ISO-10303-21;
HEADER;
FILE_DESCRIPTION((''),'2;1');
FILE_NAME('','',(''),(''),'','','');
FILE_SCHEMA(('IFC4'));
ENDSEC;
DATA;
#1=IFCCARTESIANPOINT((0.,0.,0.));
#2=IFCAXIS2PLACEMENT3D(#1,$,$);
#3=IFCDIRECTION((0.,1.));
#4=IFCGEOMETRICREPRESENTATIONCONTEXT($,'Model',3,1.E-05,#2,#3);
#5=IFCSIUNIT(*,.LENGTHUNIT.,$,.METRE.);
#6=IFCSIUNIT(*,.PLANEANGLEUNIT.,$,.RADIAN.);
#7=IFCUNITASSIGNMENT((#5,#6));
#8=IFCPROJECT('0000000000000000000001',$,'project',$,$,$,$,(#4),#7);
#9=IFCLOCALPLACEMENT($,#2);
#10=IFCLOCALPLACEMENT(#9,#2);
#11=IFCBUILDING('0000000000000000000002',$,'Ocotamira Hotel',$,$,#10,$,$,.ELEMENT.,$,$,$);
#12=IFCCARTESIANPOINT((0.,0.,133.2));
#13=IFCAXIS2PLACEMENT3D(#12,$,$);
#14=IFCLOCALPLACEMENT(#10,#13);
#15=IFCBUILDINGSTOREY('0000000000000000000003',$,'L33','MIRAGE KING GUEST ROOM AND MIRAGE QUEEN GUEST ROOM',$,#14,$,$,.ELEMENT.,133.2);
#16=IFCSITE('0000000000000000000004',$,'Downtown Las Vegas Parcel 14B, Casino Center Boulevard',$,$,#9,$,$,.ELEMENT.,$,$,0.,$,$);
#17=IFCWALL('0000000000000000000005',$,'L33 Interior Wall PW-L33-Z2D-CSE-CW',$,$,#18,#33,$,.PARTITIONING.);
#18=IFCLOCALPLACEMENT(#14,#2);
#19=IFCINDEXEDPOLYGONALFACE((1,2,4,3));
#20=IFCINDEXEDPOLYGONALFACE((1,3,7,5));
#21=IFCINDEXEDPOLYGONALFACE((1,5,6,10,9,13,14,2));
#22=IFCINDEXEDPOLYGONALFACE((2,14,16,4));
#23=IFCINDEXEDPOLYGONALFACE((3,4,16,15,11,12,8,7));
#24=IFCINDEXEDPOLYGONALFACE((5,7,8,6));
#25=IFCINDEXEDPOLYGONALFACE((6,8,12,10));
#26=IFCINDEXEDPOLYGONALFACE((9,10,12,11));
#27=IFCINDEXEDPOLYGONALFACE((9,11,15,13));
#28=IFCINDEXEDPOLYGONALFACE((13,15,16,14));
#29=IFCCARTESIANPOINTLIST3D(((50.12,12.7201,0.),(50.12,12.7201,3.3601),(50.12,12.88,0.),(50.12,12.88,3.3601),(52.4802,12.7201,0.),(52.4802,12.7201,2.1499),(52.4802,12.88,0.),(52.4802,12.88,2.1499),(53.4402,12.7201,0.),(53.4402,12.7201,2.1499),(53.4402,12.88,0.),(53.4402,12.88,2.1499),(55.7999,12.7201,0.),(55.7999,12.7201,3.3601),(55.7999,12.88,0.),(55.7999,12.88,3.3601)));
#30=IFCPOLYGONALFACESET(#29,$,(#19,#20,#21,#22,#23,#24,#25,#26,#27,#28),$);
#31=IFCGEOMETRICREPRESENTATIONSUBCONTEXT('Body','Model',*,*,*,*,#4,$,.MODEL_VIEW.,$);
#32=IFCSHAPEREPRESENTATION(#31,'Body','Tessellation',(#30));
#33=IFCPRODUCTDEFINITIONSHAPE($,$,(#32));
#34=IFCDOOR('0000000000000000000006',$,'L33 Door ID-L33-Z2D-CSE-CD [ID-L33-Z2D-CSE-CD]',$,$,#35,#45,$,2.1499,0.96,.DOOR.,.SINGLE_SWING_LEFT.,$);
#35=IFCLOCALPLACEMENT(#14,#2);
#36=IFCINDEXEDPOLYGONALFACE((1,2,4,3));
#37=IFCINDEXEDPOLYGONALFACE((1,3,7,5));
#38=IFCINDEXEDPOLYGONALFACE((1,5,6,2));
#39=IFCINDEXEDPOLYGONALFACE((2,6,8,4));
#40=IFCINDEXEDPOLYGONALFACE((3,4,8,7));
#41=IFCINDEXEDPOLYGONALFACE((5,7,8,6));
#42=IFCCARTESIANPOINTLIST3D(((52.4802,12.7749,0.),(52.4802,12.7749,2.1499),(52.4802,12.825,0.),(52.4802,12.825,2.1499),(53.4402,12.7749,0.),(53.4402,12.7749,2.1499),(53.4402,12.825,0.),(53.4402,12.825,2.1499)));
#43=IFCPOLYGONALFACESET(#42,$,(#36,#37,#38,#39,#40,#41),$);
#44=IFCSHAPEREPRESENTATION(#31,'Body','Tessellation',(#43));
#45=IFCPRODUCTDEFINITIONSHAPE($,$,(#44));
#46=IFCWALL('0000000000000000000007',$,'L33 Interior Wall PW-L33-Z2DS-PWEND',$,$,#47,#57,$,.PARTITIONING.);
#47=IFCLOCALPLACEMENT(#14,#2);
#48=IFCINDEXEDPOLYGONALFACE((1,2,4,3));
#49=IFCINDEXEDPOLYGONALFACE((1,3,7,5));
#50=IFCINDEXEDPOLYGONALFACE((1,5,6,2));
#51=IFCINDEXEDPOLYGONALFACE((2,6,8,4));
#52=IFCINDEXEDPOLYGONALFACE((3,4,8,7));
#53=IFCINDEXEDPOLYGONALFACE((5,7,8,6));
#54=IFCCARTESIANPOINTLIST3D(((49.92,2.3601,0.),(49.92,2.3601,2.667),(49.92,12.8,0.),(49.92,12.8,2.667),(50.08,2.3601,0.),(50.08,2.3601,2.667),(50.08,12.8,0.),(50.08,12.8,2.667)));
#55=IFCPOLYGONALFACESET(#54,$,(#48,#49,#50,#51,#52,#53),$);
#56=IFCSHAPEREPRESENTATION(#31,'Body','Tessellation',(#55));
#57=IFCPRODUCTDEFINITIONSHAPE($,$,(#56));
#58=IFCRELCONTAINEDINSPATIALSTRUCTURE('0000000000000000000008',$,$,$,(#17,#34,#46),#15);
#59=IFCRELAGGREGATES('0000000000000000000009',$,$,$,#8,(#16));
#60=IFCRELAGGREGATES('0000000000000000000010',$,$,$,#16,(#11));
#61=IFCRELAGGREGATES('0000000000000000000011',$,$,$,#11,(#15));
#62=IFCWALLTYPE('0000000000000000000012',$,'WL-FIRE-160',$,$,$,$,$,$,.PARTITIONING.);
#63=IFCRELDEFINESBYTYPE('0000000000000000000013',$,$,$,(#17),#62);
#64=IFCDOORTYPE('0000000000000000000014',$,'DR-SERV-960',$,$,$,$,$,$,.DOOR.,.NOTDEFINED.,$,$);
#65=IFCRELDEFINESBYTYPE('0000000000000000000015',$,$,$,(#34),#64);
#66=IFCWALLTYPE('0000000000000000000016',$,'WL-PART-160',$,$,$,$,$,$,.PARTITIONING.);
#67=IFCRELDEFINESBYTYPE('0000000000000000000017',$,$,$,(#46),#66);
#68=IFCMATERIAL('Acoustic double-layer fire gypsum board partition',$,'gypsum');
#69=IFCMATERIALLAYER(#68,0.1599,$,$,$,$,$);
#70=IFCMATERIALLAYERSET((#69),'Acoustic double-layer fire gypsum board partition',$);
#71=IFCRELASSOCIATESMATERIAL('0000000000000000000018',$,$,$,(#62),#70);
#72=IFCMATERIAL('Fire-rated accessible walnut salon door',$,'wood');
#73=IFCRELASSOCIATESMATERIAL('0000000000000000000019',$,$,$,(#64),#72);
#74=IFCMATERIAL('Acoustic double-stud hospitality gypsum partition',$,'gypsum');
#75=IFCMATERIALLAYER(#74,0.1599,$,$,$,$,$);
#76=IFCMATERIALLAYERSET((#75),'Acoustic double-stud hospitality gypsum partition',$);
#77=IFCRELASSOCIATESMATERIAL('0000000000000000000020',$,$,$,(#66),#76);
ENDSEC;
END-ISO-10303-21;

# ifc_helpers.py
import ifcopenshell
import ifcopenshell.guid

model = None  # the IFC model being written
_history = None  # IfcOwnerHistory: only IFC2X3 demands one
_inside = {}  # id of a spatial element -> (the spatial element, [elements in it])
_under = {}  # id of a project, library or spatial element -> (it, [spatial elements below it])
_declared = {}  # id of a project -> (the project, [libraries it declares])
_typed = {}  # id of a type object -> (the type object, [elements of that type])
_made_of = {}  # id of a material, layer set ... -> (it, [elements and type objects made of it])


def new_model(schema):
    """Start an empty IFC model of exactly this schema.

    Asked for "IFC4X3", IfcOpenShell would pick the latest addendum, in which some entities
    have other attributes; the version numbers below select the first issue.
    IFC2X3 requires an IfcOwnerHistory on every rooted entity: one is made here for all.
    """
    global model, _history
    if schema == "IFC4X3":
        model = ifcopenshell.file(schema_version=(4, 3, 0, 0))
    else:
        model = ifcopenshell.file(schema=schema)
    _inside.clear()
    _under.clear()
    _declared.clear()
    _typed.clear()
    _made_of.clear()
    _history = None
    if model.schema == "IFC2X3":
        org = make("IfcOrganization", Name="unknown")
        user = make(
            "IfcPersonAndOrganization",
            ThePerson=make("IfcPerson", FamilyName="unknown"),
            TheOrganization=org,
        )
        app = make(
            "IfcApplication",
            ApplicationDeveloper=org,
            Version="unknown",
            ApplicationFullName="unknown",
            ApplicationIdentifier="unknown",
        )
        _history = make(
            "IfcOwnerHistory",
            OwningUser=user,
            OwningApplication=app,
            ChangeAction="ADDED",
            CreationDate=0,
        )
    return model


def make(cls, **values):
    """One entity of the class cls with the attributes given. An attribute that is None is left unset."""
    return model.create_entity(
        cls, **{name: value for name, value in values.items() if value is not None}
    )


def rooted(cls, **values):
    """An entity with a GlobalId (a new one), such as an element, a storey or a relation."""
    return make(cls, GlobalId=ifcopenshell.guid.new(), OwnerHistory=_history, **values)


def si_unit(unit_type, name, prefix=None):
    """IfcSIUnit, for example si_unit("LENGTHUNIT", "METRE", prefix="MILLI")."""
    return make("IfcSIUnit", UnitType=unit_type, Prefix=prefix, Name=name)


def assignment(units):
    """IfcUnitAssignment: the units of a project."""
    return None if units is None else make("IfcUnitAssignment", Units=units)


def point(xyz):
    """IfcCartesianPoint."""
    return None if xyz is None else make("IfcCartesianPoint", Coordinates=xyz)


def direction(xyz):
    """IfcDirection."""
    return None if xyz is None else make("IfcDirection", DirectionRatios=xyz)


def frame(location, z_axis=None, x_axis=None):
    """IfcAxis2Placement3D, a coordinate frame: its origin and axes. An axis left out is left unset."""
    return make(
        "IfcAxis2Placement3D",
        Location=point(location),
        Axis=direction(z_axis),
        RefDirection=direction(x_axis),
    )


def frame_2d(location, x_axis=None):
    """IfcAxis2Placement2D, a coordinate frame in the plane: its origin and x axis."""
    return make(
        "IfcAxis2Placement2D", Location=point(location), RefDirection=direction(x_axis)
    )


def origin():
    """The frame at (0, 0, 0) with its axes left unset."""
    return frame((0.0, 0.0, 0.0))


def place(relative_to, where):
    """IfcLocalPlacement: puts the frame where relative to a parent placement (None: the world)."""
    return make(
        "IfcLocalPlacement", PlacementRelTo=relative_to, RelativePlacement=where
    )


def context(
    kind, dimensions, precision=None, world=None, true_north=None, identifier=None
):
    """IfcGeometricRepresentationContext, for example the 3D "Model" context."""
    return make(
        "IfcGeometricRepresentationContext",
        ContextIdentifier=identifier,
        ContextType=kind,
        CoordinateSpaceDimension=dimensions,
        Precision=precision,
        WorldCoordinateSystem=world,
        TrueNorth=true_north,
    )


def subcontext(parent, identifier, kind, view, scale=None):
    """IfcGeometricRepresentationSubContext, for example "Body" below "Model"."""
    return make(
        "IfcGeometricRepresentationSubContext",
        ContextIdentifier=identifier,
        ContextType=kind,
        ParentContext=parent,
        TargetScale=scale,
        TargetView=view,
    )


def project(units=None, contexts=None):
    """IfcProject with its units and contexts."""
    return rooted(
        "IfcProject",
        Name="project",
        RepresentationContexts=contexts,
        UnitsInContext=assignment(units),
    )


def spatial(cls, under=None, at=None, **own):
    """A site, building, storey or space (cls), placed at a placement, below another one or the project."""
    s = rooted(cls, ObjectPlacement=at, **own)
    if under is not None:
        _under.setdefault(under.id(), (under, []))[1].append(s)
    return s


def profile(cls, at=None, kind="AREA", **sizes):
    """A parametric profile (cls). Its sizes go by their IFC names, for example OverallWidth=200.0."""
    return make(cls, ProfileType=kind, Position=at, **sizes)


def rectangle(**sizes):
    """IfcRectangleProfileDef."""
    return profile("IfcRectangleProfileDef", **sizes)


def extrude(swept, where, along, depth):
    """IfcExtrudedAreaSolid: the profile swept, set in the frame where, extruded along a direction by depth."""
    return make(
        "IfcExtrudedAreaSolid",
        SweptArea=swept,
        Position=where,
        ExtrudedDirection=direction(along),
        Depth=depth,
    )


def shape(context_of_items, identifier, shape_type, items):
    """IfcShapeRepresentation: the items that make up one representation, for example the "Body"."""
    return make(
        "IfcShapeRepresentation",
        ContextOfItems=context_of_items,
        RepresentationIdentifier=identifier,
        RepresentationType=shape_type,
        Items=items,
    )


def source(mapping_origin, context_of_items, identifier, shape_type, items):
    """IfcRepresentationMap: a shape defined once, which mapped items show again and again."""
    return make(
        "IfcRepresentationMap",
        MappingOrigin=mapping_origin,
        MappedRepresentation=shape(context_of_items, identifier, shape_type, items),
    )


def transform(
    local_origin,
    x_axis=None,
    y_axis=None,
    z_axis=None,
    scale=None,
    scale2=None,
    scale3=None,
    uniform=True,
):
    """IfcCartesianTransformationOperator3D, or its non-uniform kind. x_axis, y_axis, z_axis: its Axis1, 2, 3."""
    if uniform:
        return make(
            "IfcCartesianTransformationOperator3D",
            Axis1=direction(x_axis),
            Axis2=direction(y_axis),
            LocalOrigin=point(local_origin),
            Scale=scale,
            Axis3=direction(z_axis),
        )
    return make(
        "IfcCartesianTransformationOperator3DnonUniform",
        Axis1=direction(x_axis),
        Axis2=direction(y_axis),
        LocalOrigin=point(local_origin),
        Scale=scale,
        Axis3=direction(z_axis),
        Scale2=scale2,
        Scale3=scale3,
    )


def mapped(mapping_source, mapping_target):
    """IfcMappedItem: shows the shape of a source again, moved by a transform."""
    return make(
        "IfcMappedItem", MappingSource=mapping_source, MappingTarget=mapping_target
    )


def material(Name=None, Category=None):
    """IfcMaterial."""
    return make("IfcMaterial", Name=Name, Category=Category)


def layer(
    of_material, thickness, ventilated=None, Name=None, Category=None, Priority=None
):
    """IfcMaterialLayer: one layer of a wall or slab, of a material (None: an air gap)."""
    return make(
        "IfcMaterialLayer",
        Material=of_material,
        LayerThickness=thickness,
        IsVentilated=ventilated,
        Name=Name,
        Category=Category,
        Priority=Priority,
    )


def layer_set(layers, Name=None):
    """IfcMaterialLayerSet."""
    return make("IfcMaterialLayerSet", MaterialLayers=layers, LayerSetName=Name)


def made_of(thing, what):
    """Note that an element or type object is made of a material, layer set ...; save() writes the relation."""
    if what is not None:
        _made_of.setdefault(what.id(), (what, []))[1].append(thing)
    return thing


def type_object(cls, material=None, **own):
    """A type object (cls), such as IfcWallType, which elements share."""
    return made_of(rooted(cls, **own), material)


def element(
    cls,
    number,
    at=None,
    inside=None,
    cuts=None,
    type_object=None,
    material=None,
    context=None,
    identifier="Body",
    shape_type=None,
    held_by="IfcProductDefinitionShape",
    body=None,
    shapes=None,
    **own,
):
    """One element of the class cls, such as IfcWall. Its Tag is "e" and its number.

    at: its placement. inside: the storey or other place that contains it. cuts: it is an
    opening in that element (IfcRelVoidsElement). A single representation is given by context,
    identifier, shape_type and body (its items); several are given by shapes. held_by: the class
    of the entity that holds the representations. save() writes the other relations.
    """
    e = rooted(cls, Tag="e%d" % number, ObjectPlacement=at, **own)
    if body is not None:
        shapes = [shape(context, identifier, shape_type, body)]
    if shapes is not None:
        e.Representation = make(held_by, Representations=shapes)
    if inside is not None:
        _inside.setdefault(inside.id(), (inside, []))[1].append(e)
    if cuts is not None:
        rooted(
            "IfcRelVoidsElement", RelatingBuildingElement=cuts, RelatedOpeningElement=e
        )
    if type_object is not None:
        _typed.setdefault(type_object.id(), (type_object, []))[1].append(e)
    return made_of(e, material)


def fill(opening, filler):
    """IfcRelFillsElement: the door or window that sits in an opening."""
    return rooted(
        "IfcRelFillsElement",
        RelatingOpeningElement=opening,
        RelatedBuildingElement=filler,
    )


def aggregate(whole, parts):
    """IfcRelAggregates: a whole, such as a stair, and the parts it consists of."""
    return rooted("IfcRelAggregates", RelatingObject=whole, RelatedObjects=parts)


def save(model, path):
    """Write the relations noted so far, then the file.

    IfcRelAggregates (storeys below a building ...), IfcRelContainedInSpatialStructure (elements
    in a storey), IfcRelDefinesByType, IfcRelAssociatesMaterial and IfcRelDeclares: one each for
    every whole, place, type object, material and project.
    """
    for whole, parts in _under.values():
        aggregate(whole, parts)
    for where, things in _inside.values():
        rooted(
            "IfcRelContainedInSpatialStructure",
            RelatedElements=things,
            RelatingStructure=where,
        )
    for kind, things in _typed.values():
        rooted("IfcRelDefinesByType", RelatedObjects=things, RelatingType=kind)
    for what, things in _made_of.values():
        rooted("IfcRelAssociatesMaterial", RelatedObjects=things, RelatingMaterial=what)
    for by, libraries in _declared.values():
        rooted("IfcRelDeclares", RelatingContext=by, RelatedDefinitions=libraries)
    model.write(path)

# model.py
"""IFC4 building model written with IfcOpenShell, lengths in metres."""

from ifc_helpers import new_model, si_unit, direction, frame, frame_2d, origin, place, context, subcontext, project, spatial, rectangle, extrude, source, transform, mapped, material, layer, layer_set, type_object, element, fill, save


model = new_model("IFC4")

# Units and contexts
model_context = context("Model", 3, precision=1e-05, world=origin(), true_north=direction((0.0, 1.0)))
body_context = subcontext(model_context, "Body", "Model", "MODEL_VIEW")
ifc_project = project(units=[si_unit("LENGTHUNIT", "METRE"), si_unit("PLANEANGLEUNIT", "RADIAN")], contexts=[model_context])

# Site, building, storey
site_placement = place(None, origin())
site = spatial("IfcSite", under=ifc_project, at=site_placement, Name="Downtown Las Vegas Parcel 14B, Casino Center Boulevard", CompositionType="ELEMENT", RefElevation=0.0)
building_placement = place(site_placement, origin())
building = spatial("IfcBuilding", under=site, at=building_placement, Name="Ocotamira Hotel", CompositionType="ELEMENT")
storey_placement = place(building_placement, frame((0.0, 0.0, 133.2)))
storey = spatial("IfcBuildingStorey", under=building, at=storey_placement, Name="L33", Description="MIRAGE KING GUEST ROOM AND MIRAGE QUEEN GUEST ROOM", CompositionType="ELEMENT", Elevation=133.2)

# Wall, opening, door
ifc_material_1 = material(Name="Acoustic double-layer fire gypsum board partition", Category="gypsum")
ifc_layer_1 = layer(ifc_material_1, 0.1599)
ifc_layer_set_1 = layer_set([ifc_layer_1], Name="Acoustic double-layer fire gypsum board partition")
wall_type_1 = type_object("IfcWallType", Name="WL-FIRE-160", PredefinedType="PARTITIONING", material=ifc_layer_set_1)
wall_1_placement = place(storey_placement, frame((50.1201, 12.8, 0.0), z_axis=(0.0, 0.0, 1.0), x_axis=(1.0, 0.0, 0.0)))
wall_1 = element("IfcWall", 1, at=wall_1_placement, inside=storey, type_object=wall_type_1, Name="L33 Interior Wall PW-L33-Z2D-CSE-CW", PredefinedType="PARTITIONING", context=body_context, shape_type="SweptSolid", body=[
    extrude(rectangle(XDim=5.6799, YDim=0.1599, at=frame_2d((2.8398, 0.0))), origin(), (0.0, 0.0, 1.0), 3.3601),
])
opening_1_placement = place(wall_1_placement, frame((2.3601, 0.0, 0.0)))
opening_1 = element("IfcOpeningElement", 2, at=opening_1_placement, cuts=wall_1, PredefinedType="OPENING", context=body_context, shape_type="SweptSolid", body=[
    extrude(rectangle(XDim=0.96, YDim=2.1499, at=frame_2d((0.48, 1.075))), frame((0.0, 0.0898, 0.0), z_axis=(0.0, -1.0, 0.0), x_axis=(1.0, 0.0, 0.0)), (0.0, 0.0, 1.0), 0.1799),
])
ifc_material_2 = material(Name="Fire-rated accessible walnut salon door", Category="wood")
door_type_1 = type_object("IfcDoorType", Name="DR-SERV-960", OperationType="NOTDEFINED", PredefinedType="DOOR", material=ifc_material_2)
shared_shape_1 = source(origin(), body_context, "Body", "SweptSolid", [
    extrude(rectangle(XDim=0.96, YDim=2.1499, at=frame_2d((0.48, 1.075))), frame((0.0, 0.0249, 0.0), z_axis=(0.0, -1.0, 0.0), x_axis=(1.0, 0.0, 0.0)), (0.0, 0.0, 1.0), 0.05),
])
door_1_placement = place(opening_1_placement, origin())
door_1 = element("IfcDoor", 3, at=door_1_placement, inside=storey, type_object=door_type_1, Name="L33 Door ID-L33-Z2D-CSE-CD [ID-L33-Z2D-CSE-CD]", OperationType="SINGLE_SWING_LEFT", OverallHeight=2.1499, OverallWidth=0.96, PredefinedType="DOOR", context=body_context, shape_type="MappedRepresentation", body=[
    mapped(shared_shape_1, transform((0.0, 0.0, 0.0), scale=1.0)),
])
fill(opening_1, door_1)

# Wall
ifc_material_3 = material(Name="Acoustic double-stud hospitality gypsum partition", Category="gypsum")
ifc_layer_2 = layer(ifc_material_3, 0.1599)
ifc_layer_set_2 = layer_set([ifc_layer_2], Name="Acoustic double-stud hospitality gypsum partition")
wall_type_2 = type_object("IfcWallType", Name="WL-PART-160", PredefinedType="PARTITIONING", material=ifc_layer_set_2)
wall_2_placement = place(storey_placement, frame((50.0, 2.3601, 0.0), z_axis=(0.0, 0.0, 1.0), x_axis=(0.0, 1.0, 0.0)))
element("IfcWall", 4, at=wall_2_placement, inside=storey, type_object=wall_type_2, Name="L33 Interior Wall PW-L33-Z2DS-PWEND", PredefinedType="PARTITIONING", context=body_context, shape_type="SweptSolid", body=[
    extrude(rectangle(XDim=10.4399, YDim=0.1599, at=frame_2d((5.22, 0.0))), origin(), (0.0, 0.0, 1.0), 2.667),
])

save(model, "model.ifc")
